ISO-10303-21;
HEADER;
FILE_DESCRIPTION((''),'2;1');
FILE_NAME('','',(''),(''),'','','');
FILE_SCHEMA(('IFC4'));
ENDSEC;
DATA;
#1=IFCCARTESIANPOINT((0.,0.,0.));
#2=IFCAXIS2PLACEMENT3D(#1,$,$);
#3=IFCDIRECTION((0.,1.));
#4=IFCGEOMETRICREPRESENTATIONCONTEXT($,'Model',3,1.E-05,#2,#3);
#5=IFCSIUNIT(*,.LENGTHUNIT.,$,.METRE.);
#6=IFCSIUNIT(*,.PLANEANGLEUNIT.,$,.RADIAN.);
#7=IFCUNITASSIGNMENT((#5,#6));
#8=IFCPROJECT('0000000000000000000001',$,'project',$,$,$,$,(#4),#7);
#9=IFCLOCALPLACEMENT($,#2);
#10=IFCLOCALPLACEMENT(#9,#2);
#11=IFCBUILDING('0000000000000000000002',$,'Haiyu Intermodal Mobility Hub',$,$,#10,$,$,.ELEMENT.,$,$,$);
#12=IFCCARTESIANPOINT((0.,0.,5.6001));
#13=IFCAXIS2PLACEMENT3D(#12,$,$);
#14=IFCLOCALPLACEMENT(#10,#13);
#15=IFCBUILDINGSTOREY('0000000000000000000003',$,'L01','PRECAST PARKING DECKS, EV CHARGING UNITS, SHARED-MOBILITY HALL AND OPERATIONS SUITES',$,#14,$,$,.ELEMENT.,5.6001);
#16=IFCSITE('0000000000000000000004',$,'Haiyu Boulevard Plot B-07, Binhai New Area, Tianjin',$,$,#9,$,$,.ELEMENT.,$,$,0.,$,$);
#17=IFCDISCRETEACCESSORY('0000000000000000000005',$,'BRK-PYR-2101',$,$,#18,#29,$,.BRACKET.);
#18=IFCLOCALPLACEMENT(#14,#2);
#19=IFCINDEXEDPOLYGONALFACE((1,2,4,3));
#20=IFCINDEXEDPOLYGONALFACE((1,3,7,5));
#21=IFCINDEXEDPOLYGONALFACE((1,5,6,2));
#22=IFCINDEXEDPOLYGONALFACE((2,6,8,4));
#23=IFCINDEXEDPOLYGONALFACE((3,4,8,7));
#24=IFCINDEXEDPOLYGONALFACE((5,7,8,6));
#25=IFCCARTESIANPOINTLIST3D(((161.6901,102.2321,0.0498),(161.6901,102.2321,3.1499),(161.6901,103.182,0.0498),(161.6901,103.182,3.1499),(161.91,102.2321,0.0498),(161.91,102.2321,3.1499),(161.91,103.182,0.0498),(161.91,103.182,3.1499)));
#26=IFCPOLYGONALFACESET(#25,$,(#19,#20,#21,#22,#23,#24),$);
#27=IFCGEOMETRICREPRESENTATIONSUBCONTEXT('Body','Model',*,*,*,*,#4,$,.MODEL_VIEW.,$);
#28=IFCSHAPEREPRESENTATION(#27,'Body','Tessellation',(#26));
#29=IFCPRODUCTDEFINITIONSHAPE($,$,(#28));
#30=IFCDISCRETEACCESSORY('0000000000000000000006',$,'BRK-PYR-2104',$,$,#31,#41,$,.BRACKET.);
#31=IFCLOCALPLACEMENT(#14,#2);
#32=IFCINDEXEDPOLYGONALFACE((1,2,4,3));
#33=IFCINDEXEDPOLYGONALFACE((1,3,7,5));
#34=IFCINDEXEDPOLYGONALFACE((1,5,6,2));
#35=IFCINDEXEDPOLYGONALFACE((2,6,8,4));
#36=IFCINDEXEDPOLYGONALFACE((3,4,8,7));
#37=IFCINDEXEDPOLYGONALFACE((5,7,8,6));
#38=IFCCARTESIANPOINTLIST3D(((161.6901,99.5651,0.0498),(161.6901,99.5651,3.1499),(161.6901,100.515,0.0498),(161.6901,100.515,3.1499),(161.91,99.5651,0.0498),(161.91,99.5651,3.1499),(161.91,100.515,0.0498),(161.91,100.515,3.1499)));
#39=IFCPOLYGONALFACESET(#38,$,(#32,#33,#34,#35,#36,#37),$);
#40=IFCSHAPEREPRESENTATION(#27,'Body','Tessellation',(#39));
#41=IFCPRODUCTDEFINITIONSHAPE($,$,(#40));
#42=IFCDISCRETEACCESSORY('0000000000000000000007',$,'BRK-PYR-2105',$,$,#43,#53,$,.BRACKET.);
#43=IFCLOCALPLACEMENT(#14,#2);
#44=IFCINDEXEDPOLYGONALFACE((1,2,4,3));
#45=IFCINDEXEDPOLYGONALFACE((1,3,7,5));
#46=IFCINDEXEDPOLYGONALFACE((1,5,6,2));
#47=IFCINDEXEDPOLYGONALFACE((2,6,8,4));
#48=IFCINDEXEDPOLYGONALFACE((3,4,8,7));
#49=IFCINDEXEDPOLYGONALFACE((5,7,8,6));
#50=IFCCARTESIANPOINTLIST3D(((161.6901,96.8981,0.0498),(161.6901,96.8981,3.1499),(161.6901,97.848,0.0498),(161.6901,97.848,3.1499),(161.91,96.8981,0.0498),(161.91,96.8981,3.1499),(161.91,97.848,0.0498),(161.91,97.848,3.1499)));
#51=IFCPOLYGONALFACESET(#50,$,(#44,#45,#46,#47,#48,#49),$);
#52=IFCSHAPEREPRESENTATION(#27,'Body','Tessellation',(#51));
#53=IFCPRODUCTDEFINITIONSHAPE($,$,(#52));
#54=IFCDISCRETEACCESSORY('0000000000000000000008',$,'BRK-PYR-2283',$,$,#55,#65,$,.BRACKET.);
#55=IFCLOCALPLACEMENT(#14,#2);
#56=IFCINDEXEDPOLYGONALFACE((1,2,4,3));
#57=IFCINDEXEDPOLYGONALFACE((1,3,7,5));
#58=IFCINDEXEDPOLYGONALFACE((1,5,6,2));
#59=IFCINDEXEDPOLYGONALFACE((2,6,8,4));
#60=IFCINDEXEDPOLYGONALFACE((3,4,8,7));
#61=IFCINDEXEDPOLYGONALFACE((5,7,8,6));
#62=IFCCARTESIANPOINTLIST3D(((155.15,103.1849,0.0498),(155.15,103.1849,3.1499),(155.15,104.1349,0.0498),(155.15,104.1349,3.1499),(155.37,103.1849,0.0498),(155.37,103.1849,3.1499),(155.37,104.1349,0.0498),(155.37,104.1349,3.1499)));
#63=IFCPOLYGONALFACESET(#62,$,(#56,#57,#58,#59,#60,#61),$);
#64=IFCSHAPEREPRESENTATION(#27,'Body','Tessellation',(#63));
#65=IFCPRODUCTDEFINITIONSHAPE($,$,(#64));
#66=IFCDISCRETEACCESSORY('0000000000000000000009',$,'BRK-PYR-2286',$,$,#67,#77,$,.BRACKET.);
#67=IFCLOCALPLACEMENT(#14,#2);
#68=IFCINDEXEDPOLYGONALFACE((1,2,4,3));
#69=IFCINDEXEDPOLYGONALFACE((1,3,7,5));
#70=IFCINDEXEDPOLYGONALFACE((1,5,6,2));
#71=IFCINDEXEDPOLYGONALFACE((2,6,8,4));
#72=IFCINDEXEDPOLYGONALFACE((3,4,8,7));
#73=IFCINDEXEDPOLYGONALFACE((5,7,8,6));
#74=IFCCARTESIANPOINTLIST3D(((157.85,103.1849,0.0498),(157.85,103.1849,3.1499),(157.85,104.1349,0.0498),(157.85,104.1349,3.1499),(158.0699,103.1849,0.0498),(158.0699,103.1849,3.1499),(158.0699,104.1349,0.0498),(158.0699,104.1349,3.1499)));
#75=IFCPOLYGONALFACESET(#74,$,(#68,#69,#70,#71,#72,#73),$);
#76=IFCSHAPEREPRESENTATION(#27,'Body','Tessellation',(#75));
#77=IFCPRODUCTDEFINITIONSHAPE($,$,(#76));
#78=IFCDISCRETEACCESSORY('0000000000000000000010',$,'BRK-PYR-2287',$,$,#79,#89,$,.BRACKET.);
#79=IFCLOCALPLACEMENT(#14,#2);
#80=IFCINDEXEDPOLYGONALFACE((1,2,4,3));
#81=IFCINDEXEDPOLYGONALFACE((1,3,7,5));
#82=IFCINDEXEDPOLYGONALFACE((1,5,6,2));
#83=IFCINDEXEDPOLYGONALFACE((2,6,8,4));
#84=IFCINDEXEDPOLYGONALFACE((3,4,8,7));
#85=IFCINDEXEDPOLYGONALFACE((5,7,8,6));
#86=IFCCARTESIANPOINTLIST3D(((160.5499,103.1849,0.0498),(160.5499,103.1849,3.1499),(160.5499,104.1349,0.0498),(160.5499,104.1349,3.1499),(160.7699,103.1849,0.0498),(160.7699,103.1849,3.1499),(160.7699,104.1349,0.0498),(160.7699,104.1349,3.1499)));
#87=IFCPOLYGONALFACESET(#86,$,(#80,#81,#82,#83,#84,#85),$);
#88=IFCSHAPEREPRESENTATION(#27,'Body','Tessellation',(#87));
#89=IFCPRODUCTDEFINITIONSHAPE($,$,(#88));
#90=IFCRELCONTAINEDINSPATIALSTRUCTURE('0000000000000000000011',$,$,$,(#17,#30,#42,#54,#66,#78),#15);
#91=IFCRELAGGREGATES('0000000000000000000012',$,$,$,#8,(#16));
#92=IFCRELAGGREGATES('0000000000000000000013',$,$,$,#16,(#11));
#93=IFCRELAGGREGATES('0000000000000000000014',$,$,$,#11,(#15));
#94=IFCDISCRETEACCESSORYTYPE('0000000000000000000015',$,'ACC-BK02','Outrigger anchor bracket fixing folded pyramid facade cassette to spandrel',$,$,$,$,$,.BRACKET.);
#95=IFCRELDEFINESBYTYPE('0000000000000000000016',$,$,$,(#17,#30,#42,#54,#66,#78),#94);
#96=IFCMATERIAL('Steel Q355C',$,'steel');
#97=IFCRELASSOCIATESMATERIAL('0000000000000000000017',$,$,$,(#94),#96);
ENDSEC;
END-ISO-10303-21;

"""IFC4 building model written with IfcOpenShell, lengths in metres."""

from ifc_helpers import new_model, si_unit, direction, frame, origin, origin_2d, place, context, subcontext, project, spatial, rectangle, extrude, material, type_object, element, save


model = new_model("IFC4")

# Units and contexts
model_context = context("Model", 3, precision=1e-05, world=origin(), true_north=direction((0.0, 1.0)))
body_context = subcontext(model_context, "Body", "Model", "MODEL_VIEW")
ifc_project = project(units=[si_unit("LENGTHUNIT", "METRE"), si_unit("PLANEANGLEUNIT", "RADIAN")], contexts=[model_context])

# Site, building, storey
site_placement = place(None, origin())
site = spatial("IfcSite", under=ifc_project, at=site_placement, Name="Haiyu Boulevard Plot B-07, Binhai New Area, Tianjin", CompositionType="ELEMENT", RefElevation=0.0)
building_placement = place(site_placement, origin())
building = spatial("IfcBuilding", under=site, at=building_placement, Name="Haiyu Intermodal Mobility Hub", CompositionType="ELEMENT")
storey_placement = place(building_placement, frame((0.0, 0.0, 5.6001)))
storey = spatial("IfcBuildingStorey", under=building, at=storey_placement, Name="L01", Description="PRECAST PARKING DECKS, EV CHARGING UNITS, SHARED-MOBILITY HALL AND OPERATIONS SUITES", CompositionType="ELEMENT", Elevation=5.6001)

# Discrete accessories
ifc_material_1 = material(Name="Steel Q355C", Category="steel")
discrete_accessory_type = type_object("IfcDiscreteAccessoryType", Name="ACC-BK02", Description="Outrigger anchor bracket fixing folded pyramid facade cassette to spandrel", PredefinedType="BRACKET", material=ifc_material_1)
for number, where, z_axis, x_axis, name in (
    (1, (161.8, 102.707, 0.0498), (0.0, 0.0, 1.0), (1.0, 0.0, 0.0), "BRK-PYR-2101"),
    (2, (161.8, 100.04, 0.0498), (0.0, 0.0, 1.0), (1.0, 0.0, 0.0), "BRK-PYR-2104"),
    (3, (161.8, 97.373, 0.0498), (0.0, 0.0, 1.0), (1.0, 0.0, 0.0), "BRK-PYR-2105"),
    (4, (155.26, 103.6599, 0.0498), (0.0, 0.0, 1.0), (1.0, 0.0, 0.0), "BRK-PYR-2283"),
    (5, (157.96, 103.6599, 0.0498), (0.0, 0.0, 1.0), (1.0, 0.0, 0.0), "BRK-PYR-2286"),
    (6, (160.6599, 103.6599, 0.0498), (0.0, 0.0, 1.0), (1.0, 0.0, 0.0), "BRK-PYR-2287"),
):
    element("IfcDiscreteAccessory", number, at=place(storey_placement, frame(where, z_axis=z_axis, x_axis=x_axis)), inside=storey, type_object=discrete_accessory_type, Name=name, PredefinedType="BRACKET", context=body_context, shape_type="SweptSolid", body=[
        extrude(rectangle(XDim=0.22, YDim=0.95, at=origin_2d()), origin(), (0.0, 0.0, 1.0), 3.1001),
    ])

save(model, "model.ifc")
